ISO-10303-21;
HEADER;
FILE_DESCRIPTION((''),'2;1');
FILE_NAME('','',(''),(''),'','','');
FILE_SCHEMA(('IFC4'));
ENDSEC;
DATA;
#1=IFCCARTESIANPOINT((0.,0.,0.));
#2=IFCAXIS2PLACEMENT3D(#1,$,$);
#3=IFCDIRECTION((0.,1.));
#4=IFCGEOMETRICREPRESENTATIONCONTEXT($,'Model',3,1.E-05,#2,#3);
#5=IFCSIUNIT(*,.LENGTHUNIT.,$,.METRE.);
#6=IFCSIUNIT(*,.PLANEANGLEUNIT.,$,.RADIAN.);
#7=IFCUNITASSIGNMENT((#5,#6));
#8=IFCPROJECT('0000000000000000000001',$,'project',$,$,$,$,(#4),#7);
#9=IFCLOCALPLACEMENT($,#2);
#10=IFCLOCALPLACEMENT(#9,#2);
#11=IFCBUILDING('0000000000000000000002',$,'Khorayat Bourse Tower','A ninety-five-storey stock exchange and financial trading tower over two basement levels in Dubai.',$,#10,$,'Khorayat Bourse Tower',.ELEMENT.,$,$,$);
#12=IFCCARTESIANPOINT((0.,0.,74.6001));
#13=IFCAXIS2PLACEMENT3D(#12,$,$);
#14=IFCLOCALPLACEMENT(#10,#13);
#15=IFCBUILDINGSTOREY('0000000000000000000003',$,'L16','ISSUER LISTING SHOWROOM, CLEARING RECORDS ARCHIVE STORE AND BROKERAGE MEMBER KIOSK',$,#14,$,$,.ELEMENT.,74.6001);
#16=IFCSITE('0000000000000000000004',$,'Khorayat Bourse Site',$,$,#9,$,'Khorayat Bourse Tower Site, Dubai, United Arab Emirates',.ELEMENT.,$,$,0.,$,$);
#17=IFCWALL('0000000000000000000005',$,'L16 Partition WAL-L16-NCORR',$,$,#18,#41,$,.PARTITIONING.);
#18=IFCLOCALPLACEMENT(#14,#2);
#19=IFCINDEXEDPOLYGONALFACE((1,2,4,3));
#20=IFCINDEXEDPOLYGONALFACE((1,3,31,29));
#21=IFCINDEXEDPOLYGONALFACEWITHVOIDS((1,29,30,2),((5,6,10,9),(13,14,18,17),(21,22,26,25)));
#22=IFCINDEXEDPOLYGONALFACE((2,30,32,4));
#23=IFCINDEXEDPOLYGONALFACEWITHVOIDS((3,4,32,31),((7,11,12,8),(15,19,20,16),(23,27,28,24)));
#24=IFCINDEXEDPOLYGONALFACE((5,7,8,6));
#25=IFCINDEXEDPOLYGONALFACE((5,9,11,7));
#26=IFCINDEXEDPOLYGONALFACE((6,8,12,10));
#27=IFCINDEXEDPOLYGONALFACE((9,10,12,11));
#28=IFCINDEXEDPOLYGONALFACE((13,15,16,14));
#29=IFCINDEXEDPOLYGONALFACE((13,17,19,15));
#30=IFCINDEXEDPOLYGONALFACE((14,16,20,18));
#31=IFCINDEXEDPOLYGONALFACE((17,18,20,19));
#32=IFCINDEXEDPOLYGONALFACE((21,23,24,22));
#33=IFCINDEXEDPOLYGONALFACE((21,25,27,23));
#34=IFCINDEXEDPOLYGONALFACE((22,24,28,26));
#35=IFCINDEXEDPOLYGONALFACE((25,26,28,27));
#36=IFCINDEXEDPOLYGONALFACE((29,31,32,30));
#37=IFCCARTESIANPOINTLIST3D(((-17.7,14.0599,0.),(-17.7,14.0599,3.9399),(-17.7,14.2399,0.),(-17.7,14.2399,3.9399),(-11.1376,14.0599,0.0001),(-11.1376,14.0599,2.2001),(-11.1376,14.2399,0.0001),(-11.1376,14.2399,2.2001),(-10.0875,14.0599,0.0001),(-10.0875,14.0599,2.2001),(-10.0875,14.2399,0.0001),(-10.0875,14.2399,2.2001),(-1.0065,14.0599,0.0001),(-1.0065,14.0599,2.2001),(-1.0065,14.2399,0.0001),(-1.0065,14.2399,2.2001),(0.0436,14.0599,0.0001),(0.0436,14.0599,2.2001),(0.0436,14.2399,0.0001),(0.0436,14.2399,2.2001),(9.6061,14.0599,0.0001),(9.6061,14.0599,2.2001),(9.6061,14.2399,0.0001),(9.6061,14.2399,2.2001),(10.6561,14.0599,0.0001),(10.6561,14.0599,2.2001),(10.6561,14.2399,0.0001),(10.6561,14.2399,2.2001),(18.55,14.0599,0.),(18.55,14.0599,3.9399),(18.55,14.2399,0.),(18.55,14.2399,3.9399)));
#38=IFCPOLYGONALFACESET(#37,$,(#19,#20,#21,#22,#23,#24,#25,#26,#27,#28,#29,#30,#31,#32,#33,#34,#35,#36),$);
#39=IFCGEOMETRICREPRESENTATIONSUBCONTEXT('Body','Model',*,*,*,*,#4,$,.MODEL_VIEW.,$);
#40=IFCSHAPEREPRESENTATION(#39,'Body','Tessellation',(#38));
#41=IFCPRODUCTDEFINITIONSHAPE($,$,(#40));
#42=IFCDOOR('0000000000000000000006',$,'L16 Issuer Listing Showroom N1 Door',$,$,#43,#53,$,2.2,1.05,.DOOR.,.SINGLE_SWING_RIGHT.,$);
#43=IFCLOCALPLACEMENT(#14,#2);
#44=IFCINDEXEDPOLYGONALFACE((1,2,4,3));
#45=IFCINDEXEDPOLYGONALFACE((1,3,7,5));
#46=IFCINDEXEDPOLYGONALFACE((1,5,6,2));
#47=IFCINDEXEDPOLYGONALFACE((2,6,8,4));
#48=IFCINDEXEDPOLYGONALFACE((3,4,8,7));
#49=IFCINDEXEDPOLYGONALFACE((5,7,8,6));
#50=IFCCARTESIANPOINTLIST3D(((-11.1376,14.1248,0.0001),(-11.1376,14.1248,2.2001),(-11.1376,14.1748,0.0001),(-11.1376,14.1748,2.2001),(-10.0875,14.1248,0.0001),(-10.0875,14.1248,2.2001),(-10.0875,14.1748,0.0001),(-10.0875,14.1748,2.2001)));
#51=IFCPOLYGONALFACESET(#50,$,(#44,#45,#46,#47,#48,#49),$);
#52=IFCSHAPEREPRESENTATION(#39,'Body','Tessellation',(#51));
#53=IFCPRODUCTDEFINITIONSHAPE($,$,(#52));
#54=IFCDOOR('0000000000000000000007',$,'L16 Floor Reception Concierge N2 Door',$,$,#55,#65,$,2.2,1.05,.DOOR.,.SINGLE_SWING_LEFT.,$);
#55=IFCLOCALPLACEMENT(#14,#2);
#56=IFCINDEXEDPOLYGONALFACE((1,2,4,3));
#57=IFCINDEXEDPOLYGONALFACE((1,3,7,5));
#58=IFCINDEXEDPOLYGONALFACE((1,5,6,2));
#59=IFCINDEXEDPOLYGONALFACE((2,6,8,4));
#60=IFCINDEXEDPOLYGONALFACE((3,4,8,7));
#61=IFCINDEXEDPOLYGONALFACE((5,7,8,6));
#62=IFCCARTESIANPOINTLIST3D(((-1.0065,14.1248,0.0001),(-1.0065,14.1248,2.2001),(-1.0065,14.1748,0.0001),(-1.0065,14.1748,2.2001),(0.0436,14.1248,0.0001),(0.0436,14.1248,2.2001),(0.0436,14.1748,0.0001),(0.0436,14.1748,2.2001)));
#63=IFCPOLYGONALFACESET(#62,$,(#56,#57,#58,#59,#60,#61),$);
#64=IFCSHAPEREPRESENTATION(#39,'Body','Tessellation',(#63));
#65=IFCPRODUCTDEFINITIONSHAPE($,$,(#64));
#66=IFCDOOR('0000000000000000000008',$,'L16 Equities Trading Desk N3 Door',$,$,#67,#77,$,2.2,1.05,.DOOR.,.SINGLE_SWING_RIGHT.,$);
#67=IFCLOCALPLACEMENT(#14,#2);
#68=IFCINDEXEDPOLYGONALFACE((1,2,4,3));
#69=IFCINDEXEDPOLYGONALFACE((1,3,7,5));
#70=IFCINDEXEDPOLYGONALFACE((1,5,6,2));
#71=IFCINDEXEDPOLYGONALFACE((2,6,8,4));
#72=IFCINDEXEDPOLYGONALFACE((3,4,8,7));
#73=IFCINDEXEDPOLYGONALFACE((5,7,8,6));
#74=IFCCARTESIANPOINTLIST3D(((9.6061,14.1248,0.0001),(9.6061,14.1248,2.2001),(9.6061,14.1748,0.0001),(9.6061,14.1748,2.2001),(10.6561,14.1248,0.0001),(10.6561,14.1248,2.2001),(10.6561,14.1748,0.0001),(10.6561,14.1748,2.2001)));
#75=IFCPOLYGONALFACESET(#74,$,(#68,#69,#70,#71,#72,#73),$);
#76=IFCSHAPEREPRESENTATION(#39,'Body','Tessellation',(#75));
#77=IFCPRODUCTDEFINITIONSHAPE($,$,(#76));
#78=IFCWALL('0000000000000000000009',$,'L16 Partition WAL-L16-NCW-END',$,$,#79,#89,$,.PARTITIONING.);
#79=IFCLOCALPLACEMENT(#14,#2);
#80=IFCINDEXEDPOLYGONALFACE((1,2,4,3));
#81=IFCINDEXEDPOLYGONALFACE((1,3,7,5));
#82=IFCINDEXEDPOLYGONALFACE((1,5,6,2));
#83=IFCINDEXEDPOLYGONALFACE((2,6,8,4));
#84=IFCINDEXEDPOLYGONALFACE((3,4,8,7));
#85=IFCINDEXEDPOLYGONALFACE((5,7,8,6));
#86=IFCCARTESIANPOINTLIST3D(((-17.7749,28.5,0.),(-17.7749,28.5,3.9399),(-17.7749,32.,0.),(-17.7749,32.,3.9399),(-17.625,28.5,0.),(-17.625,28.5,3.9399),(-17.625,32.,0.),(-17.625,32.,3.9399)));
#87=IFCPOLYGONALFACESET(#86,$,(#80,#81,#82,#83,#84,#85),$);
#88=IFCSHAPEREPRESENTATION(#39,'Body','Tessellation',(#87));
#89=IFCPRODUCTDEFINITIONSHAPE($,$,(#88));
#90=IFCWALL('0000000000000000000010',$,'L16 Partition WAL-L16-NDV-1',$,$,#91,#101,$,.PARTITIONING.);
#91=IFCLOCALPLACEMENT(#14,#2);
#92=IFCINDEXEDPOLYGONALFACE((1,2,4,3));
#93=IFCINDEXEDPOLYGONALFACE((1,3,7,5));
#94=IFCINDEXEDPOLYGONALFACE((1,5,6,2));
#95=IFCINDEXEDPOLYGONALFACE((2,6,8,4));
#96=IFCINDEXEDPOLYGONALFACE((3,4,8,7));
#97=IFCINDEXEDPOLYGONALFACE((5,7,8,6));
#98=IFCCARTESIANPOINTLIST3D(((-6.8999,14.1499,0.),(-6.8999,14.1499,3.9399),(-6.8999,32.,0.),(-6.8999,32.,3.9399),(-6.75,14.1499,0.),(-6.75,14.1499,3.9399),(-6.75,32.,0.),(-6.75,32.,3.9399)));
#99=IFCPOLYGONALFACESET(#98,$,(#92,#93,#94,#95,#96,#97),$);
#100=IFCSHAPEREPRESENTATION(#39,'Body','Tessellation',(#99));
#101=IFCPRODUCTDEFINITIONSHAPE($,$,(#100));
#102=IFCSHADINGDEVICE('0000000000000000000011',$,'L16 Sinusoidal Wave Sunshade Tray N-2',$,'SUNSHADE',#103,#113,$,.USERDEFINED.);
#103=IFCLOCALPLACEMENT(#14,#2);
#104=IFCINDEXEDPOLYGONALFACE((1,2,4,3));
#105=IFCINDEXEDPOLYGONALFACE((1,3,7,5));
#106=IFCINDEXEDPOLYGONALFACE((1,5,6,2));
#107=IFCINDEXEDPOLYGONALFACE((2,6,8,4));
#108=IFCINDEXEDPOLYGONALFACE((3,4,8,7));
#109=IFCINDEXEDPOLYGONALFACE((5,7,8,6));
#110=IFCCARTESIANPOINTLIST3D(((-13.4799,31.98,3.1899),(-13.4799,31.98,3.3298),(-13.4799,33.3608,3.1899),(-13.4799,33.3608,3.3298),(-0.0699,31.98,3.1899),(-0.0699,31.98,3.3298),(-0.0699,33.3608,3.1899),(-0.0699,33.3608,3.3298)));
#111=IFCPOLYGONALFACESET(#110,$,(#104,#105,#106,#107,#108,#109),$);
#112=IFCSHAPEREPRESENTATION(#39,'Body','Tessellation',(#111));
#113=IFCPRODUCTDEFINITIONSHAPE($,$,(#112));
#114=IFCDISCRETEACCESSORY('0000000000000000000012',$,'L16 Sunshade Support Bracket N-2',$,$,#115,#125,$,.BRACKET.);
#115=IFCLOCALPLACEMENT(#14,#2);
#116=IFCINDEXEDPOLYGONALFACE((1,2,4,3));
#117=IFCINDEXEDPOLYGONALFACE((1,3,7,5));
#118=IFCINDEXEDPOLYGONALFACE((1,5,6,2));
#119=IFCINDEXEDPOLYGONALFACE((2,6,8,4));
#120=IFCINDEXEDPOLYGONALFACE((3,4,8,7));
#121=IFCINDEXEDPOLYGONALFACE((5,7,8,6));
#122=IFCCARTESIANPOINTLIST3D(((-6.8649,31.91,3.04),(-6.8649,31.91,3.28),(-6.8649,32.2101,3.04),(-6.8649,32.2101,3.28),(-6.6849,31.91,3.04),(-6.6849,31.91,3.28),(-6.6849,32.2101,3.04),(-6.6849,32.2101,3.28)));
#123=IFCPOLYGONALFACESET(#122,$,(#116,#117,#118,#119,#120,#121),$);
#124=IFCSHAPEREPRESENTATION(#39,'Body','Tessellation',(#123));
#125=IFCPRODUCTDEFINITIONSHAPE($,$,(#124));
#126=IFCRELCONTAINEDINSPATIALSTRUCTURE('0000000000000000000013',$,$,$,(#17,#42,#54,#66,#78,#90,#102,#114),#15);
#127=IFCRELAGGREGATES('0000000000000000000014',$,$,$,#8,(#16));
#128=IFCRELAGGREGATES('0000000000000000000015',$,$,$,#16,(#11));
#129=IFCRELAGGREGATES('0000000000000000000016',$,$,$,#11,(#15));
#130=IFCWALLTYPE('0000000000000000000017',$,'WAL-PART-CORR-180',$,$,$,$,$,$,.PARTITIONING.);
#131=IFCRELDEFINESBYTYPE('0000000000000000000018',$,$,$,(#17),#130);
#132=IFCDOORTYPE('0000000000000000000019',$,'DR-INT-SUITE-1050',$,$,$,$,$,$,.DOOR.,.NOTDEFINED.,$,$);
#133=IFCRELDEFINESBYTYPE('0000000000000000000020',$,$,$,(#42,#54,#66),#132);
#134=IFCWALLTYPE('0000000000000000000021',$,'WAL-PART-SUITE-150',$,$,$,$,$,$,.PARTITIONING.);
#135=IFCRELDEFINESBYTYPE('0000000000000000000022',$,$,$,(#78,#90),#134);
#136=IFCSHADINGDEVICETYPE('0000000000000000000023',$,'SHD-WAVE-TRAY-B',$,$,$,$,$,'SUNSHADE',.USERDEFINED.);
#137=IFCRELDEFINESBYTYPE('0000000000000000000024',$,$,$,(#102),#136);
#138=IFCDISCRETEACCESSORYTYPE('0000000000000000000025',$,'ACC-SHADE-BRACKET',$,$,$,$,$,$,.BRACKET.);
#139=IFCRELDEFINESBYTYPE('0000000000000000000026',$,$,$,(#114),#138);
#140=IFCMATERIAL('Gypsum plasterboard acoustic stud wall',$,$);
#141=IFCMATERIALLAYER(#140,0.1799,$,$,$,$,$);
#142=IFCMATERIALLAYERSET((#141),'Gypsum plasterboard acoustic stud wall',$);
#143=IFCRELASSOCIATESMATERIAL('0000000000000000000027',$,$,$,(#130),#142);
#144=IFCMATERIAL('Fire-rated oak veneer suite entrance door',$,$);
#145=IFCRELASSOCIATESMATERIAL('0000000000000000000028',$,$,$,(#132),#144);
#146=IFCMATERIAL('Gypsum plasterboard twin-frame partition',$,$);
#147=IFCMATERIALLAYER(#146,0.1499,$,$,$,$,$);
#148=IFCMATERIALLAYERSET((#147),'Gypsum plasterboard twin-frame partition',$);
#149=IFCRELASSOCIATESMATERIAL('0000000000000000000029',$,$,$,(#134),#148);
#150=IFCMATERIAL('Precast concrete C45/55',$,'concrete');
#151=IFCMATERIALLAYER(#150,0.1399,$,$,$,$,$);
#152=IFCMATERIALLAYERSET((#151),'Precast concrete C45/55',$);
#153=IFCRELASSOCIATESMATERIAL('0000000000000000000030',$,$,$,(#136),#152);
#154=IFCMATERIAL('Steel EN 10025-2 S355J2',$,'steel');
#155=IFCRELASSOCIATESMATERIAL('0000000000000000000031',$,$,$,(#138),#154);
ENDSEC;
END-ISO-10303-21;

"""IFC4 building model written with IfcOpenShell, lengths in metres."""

from ifc_helpers import new_model, si_unit, direction, frame, frame_2d, origin, origin_2d, place, context, subcontext, project, spatial, rectangle, extrude, source, transform, mapped, material, layer, layer_set, type_object, element, fill, save


model = new_model("IFC4")

# Units and contexts
model_context = context("Model", 3, precision=1e-05, world=origin(), true_north=direction((0.0, 1.0)))
body_context = subcontext(model_context, "Body", "Model", "MODEL_VIEW")
ifc_project = project(units=[si_unit("LENGTHUNIT", "METRE"), si_unit("PLANEANGLEUNIT", "RADIAN")], contexts=[model_context])

# Site, building, storey
site_placement = place(None, origin())
site = spatial("IfcSite", under=ifc_project, at=site_placement, Name="Khorayat Bourse Site", LongName="Khorayat Bourse Tower Site, Dubai, United Arab Emirates", CompositionType="ELEMENT", RefElevation=0.0)
building_placement = place(site_placement, origin())
building = spatial("IfcBuilding", under=site, at=building_placement, Name="Khorayat Bourse Tower", Description="A ninety-five-storey stock exchange and financial trading tower over two basement levels in Dubai.", LongName="Khorayat Bourse Tower", CompositionType="ELEMENT")
storey_placement = place(building_placement, frame((0.0, 0.0, 74.6001)))
storey = spatial("IfcBuildingStorey", under=building, at=storey_placement, Name="L16", Description="ISSUER LISTING SHOWROOM, CLEARING RECORDS ARCHIVE STORE AND BROKERAGE MEMBER KIOSK", CompositionType="ELEMENT", Elevation=74.6001)

# Shared definitions
ifc_material_1 = material(Name="Steel EN 10025-2 S355J2", Category="steel")

# Wall, openings, doors
ifc_material_2 = material(Name="Gypsum plasterboard acoustic stud wall")
ifc_layer_1 = layer(ifc_material_2, 0.1799)
ifc_layer_set_1 = layer_set([ifc_layer_1], Name="Gypsum plasterboard acoustic stud wall")
wall_type_1 = type_object("IfcWallType", Name="WAL-PART-CORR-180", PredefinedType="PARTITIONING", material=ifc_layer_set_1)
shared_shape_1 = source(origin(), body_context, "Body", "SweptSolid", [
    extrude(rectangle(XDim=36.25, YDim=0.1799, at=frame_2d((18.125, 0.0))), origin(), (0.0, 0.0, 1.0), 3.9399),
])
wall_1_placement = place(storey_placement, frame((-17.7, 14.1499, 0.0), z_axis=(0.0, 0.0, 1.0), x_axis=(1.0, 0.0, 0.0)))
wall_1 = element("IfcWall", 1, at=wall_1_placement, inside=storey, type_object=wall_type_1, Name="L16 Partition WAL-L16-NCORR", PredefinedType="PARTITIONING", context=body_context, shape_type="MappedRepresentation", body=[
    mapped(shared_shape_1, transform((0.0, 0.0, 0.0), scale=1.0)),
])
shared_shape_2 = source(origin(), body_context, "Body", "SweptSolid", [
    extrude(rectangle(XDim=1.05, YDim=2.2, at=frame_2d((0.5249, 1.1001))), frame((0.0, 0.0999, 0.0), z_axis=(0.0, -1.0, 0.0), x_axis=(1.0, 0.0, 0.0)), (0.0, 0.0, 1.0), 0.2),
])
opening_1_placement = place(wall_1_placement, frame((6.5625, 0.0, 0.0)))
opening_1 = element("IfcOpeningElement", 2, at=opening_1_placement, cuts=wall_1, PredefinedType="OPENING", context=body_context, shape_type="MappedRepresentation", body=[
    mapped(shared_shape_2, transform((0.0, 0.0, 0.0), scale=1.0)),
])
opening_2_placement = place(wall_1_placement, frame((16.6936, 0.0, 0.0)))
opening_2 = element("IfcOpeningElement", 3, at=opening_2_placement, cuts=wall_1, PredefinedType="OPENING", context=body_context, shape_type="MappedRepresentation", body=[
    mapped(shared_shape_2, transform((0.0, 0.0, 0.0), scale=1.0)),
])
opening_3_placement = place(wall_1_placement, frame((27.3062, 0.0, 0.0)))
opening_3 = element("IfcOpeningElement", 4, at=opening_3_placement, cuts=wall_1, PredefinedType="OPENING", context=body_context, shape_type="MappedRepresentation", body=[
    mapped(shared_shape_2, transform((0.0, 0.0, 0.0), scale=1.0)),
])
ifc_material_3 = material(Name="Fire-rated oak veneer suite entrance door")
door_type_1 = type_object("IfcDoorType", Name="DR-INT-SUITE-1050", OperationType="NOTDEFINED", PredefinedType="DOOR", material=ifc_material_3)
shared_shape_3 = source(origin(), body_context, "Body", "SweptSolid", [
    extrude(rectangle(XDim=1.05, YDim=2.2, at=frame_2d((0.5249, 1.1001))), frame((0.0, 0.0249, 0.0), z_axis=(0.0, -1.0, 0.0), x_axis=(1.0, 0.0, 0.0)), (0.0, 0.0, 1.0), 0.05),
])
door_1_placement = place(opening_1_placement, origin())
door_1 = element("IfcDoor", 5, at=door_1_placement, inside=storey, type_object=door_type_1, Name="L16 Issuer Listing Showroom N1 Door", OperationType="SINGLE_SWING_RIGHT", OverallHeight=2.2, OverallWidth=1.05, PredefinedType="DOOR", context=body_context, shape_type="MappedRepresentation", body=[
    mapped(shared_shape_3, transform((0.0, 0.0, 0.0), scale=1.0)),
])
fill(opening_1, door_1)
door_2_placement = place(opening_2_placement, origin())
door_2 = element("IfcDoor", 6, at=door_2_placement, inside=storey, type_object=door_type_1, Name="L16 Floor Reception Concierge N2 Door", OperationType="SINGLE_SWING_LEFT", OverallHeight=2.2, OverallWidth=1.05, PredefinedType="DOOR", context=body_context, shape_type="MappedRepresentation", body=[
    mapped(shared_shape_3, transform((0.0, 0.0, 0.0), scale=1.0)),
])
fill(opening_2, door_2)
door_3_placement = place(opening_3_placement, origin())
door_3 = element("IfcDoor", 7, at=door_3_placement, inside=storey, type_object=door_type_1, Name="L16 Equities Trading Desk N3 Door", OperationType="SINGLE_SWING_RIGHT", OverallHeight=2.2, OverallWidth=1.05, PredefinedType="DOOR", context=body_context, shape_type="MappedRepresentation", body=[
    mapped(shared_shape_3, transform((0.0, 0.0, 0.0), scale=1.0)),
])
fill(opening_3, door_3)

# Walls
ifc_material_4 = material(Name="Gypsum plasterboard twin-frame partition")
ifc_layer_2 = layer(ifc_material_4, 0.1499)
ifc_layer_set_2 = layer_set([ifc_layer_2], Name="Gypsum plasterboard twin-frame partition")
wall_type_2 = type_object("IfcWallType", Name="WAL-PART-SUITE-150", PredefinedType="PARTITIONING", material=ifc_layer_set_2)
shared_shape_4 = source(origin(), body_context, "Body", "SweptSolid", [
    extrude(rectangle(XDim=3.5, YDim=0.1499, at=frame_2d((1.75, 0.0))), origin(), (0.0, 0.0, 1.0), 3.9399),
])
wall_2_placement = place(storey_placement, frame((-17.7, 28.5, 0.0), z_axis=(0.0, 0.0, 1.0), x_axis=(0.0, 1.0, 0.0)))
element("IfcWall", 8, at=wall_2_placement, inside=storey, type_object=wall_type_2, Name="L16 Partition WAL-L16-NCW-END", PredefinedType="PARTITIONING", context=body_context, shape_type="MappedRepresentation", body=[
    mapped(shared_shape_4, transform((0.0, 0.0, 0.0), scale=1.0)),
])
shared_shape_5 = source(origin(), body_context, "Body", "SweptSolid", [
    extrude(rectangle(XDim=17.8501, YDim=0.1499, at=frame_2d((8.925, 0.0))), origin(), (0.0, 0.0, 1.0), 3.9399),
])
wall_3_placement = place(storey_placement, frame((-6.825, 14.1499, 0.0), z_axis=(0.0, 0.0, 1.0), x_axis=(0.0, 1.0, 0.0)))
element("IfcWall", 9, at=wall_3_placement, inside=storey, type_object=wall_type_2, Name="L16 Partition WAL-L16-NDV-1", PredefinedType="PARTITIONING", context=body_context, shape_type="MappedRepresentation", body=[
    mapped(shared_shape_5, transform((0.0, 0.0, 0.0), scale=1.0)),
])

# Shading device
ifc_material_5 = material(Name="Precast concrete C45/55", Category="concrete")
ifc_layer_3 = layer(ifc_material_5, 0.1399)
ifc_layer_set_3 = layer_set([ifc_layer_3], Name="Precast concrete C45/55")
shading_device_type = type_object("IfcShadingDeviceType", Name="SHD-WAVE-TRAY-B", ElementType="SUNSHADE", PredefinedType="USERDEFINED", material=ifc_layer_set_3)
shared_shape_6 = source(origin(), body_context, "Body", "SweptSolid", [
    extrude(rectangle(XDim=13.4099, YDim=1.3809, at=origin_2d()), origin(), (0.0, 0.0, 1.0), 0.1399),
])
shading_device_placement = place(storey_placement, frame((-6.7749, 32.6704, 3.1899), z_axis=(0.0, 0.0, 1.0), x_axis=(1.0, 0.0, 0.0)))
element("IfcShadingDevice", 10, at=shading_device_placement, inside=storey, type_object=shading_device_type, Name="L16 Sinusoidal Wave Sunshade Tray N-2", ObjectType="SUNSHADE", PredefinedType="USERDEFINED", context=body_context, shape_type="MappedRepresentation", body=[
    mapped(shared_shape_6, transform((0.0, 0.0, 0.0), scale=1.0)),
])

# Discrete accessory
discrete_accessory_type = type_object("IfcDiscreteAccessoryType", Name="ACC-SHADE-BRACKET", PredefinedType="BRACKET", material=ifc_material_1)
shared_shape_7 = source(origin(), body_context, "Body", "SweptSolid", [
    extrude(rectangle(XDim=0.1799, YDim=0.3, at=origin_2d()), origin(), (0.0, 0.0, 1.0), 0.24),
])
discrete_accessory_placement = place(storey_placement, frame((-6.7749, 32.0601, 3.04), z_axis=(0.0, 0.0, 1.0), x_axis=(1.0, 0.0, 0.0)))
element("IfcDiscreteAccessory", 11, at=discrete_accessory_placement, inside=storey, type_object=discrete_accessory_type, Name="L16 Sunshade Support Bracket N-2", PredefinedType="BRACKET", context=body_context, shape_type="MappedRepresentation", body=[
    mapped(shared_shape_7, transform((0.0, 0.0, 0.0), scale=1.0)),
])

save(model, "model.ifc")
